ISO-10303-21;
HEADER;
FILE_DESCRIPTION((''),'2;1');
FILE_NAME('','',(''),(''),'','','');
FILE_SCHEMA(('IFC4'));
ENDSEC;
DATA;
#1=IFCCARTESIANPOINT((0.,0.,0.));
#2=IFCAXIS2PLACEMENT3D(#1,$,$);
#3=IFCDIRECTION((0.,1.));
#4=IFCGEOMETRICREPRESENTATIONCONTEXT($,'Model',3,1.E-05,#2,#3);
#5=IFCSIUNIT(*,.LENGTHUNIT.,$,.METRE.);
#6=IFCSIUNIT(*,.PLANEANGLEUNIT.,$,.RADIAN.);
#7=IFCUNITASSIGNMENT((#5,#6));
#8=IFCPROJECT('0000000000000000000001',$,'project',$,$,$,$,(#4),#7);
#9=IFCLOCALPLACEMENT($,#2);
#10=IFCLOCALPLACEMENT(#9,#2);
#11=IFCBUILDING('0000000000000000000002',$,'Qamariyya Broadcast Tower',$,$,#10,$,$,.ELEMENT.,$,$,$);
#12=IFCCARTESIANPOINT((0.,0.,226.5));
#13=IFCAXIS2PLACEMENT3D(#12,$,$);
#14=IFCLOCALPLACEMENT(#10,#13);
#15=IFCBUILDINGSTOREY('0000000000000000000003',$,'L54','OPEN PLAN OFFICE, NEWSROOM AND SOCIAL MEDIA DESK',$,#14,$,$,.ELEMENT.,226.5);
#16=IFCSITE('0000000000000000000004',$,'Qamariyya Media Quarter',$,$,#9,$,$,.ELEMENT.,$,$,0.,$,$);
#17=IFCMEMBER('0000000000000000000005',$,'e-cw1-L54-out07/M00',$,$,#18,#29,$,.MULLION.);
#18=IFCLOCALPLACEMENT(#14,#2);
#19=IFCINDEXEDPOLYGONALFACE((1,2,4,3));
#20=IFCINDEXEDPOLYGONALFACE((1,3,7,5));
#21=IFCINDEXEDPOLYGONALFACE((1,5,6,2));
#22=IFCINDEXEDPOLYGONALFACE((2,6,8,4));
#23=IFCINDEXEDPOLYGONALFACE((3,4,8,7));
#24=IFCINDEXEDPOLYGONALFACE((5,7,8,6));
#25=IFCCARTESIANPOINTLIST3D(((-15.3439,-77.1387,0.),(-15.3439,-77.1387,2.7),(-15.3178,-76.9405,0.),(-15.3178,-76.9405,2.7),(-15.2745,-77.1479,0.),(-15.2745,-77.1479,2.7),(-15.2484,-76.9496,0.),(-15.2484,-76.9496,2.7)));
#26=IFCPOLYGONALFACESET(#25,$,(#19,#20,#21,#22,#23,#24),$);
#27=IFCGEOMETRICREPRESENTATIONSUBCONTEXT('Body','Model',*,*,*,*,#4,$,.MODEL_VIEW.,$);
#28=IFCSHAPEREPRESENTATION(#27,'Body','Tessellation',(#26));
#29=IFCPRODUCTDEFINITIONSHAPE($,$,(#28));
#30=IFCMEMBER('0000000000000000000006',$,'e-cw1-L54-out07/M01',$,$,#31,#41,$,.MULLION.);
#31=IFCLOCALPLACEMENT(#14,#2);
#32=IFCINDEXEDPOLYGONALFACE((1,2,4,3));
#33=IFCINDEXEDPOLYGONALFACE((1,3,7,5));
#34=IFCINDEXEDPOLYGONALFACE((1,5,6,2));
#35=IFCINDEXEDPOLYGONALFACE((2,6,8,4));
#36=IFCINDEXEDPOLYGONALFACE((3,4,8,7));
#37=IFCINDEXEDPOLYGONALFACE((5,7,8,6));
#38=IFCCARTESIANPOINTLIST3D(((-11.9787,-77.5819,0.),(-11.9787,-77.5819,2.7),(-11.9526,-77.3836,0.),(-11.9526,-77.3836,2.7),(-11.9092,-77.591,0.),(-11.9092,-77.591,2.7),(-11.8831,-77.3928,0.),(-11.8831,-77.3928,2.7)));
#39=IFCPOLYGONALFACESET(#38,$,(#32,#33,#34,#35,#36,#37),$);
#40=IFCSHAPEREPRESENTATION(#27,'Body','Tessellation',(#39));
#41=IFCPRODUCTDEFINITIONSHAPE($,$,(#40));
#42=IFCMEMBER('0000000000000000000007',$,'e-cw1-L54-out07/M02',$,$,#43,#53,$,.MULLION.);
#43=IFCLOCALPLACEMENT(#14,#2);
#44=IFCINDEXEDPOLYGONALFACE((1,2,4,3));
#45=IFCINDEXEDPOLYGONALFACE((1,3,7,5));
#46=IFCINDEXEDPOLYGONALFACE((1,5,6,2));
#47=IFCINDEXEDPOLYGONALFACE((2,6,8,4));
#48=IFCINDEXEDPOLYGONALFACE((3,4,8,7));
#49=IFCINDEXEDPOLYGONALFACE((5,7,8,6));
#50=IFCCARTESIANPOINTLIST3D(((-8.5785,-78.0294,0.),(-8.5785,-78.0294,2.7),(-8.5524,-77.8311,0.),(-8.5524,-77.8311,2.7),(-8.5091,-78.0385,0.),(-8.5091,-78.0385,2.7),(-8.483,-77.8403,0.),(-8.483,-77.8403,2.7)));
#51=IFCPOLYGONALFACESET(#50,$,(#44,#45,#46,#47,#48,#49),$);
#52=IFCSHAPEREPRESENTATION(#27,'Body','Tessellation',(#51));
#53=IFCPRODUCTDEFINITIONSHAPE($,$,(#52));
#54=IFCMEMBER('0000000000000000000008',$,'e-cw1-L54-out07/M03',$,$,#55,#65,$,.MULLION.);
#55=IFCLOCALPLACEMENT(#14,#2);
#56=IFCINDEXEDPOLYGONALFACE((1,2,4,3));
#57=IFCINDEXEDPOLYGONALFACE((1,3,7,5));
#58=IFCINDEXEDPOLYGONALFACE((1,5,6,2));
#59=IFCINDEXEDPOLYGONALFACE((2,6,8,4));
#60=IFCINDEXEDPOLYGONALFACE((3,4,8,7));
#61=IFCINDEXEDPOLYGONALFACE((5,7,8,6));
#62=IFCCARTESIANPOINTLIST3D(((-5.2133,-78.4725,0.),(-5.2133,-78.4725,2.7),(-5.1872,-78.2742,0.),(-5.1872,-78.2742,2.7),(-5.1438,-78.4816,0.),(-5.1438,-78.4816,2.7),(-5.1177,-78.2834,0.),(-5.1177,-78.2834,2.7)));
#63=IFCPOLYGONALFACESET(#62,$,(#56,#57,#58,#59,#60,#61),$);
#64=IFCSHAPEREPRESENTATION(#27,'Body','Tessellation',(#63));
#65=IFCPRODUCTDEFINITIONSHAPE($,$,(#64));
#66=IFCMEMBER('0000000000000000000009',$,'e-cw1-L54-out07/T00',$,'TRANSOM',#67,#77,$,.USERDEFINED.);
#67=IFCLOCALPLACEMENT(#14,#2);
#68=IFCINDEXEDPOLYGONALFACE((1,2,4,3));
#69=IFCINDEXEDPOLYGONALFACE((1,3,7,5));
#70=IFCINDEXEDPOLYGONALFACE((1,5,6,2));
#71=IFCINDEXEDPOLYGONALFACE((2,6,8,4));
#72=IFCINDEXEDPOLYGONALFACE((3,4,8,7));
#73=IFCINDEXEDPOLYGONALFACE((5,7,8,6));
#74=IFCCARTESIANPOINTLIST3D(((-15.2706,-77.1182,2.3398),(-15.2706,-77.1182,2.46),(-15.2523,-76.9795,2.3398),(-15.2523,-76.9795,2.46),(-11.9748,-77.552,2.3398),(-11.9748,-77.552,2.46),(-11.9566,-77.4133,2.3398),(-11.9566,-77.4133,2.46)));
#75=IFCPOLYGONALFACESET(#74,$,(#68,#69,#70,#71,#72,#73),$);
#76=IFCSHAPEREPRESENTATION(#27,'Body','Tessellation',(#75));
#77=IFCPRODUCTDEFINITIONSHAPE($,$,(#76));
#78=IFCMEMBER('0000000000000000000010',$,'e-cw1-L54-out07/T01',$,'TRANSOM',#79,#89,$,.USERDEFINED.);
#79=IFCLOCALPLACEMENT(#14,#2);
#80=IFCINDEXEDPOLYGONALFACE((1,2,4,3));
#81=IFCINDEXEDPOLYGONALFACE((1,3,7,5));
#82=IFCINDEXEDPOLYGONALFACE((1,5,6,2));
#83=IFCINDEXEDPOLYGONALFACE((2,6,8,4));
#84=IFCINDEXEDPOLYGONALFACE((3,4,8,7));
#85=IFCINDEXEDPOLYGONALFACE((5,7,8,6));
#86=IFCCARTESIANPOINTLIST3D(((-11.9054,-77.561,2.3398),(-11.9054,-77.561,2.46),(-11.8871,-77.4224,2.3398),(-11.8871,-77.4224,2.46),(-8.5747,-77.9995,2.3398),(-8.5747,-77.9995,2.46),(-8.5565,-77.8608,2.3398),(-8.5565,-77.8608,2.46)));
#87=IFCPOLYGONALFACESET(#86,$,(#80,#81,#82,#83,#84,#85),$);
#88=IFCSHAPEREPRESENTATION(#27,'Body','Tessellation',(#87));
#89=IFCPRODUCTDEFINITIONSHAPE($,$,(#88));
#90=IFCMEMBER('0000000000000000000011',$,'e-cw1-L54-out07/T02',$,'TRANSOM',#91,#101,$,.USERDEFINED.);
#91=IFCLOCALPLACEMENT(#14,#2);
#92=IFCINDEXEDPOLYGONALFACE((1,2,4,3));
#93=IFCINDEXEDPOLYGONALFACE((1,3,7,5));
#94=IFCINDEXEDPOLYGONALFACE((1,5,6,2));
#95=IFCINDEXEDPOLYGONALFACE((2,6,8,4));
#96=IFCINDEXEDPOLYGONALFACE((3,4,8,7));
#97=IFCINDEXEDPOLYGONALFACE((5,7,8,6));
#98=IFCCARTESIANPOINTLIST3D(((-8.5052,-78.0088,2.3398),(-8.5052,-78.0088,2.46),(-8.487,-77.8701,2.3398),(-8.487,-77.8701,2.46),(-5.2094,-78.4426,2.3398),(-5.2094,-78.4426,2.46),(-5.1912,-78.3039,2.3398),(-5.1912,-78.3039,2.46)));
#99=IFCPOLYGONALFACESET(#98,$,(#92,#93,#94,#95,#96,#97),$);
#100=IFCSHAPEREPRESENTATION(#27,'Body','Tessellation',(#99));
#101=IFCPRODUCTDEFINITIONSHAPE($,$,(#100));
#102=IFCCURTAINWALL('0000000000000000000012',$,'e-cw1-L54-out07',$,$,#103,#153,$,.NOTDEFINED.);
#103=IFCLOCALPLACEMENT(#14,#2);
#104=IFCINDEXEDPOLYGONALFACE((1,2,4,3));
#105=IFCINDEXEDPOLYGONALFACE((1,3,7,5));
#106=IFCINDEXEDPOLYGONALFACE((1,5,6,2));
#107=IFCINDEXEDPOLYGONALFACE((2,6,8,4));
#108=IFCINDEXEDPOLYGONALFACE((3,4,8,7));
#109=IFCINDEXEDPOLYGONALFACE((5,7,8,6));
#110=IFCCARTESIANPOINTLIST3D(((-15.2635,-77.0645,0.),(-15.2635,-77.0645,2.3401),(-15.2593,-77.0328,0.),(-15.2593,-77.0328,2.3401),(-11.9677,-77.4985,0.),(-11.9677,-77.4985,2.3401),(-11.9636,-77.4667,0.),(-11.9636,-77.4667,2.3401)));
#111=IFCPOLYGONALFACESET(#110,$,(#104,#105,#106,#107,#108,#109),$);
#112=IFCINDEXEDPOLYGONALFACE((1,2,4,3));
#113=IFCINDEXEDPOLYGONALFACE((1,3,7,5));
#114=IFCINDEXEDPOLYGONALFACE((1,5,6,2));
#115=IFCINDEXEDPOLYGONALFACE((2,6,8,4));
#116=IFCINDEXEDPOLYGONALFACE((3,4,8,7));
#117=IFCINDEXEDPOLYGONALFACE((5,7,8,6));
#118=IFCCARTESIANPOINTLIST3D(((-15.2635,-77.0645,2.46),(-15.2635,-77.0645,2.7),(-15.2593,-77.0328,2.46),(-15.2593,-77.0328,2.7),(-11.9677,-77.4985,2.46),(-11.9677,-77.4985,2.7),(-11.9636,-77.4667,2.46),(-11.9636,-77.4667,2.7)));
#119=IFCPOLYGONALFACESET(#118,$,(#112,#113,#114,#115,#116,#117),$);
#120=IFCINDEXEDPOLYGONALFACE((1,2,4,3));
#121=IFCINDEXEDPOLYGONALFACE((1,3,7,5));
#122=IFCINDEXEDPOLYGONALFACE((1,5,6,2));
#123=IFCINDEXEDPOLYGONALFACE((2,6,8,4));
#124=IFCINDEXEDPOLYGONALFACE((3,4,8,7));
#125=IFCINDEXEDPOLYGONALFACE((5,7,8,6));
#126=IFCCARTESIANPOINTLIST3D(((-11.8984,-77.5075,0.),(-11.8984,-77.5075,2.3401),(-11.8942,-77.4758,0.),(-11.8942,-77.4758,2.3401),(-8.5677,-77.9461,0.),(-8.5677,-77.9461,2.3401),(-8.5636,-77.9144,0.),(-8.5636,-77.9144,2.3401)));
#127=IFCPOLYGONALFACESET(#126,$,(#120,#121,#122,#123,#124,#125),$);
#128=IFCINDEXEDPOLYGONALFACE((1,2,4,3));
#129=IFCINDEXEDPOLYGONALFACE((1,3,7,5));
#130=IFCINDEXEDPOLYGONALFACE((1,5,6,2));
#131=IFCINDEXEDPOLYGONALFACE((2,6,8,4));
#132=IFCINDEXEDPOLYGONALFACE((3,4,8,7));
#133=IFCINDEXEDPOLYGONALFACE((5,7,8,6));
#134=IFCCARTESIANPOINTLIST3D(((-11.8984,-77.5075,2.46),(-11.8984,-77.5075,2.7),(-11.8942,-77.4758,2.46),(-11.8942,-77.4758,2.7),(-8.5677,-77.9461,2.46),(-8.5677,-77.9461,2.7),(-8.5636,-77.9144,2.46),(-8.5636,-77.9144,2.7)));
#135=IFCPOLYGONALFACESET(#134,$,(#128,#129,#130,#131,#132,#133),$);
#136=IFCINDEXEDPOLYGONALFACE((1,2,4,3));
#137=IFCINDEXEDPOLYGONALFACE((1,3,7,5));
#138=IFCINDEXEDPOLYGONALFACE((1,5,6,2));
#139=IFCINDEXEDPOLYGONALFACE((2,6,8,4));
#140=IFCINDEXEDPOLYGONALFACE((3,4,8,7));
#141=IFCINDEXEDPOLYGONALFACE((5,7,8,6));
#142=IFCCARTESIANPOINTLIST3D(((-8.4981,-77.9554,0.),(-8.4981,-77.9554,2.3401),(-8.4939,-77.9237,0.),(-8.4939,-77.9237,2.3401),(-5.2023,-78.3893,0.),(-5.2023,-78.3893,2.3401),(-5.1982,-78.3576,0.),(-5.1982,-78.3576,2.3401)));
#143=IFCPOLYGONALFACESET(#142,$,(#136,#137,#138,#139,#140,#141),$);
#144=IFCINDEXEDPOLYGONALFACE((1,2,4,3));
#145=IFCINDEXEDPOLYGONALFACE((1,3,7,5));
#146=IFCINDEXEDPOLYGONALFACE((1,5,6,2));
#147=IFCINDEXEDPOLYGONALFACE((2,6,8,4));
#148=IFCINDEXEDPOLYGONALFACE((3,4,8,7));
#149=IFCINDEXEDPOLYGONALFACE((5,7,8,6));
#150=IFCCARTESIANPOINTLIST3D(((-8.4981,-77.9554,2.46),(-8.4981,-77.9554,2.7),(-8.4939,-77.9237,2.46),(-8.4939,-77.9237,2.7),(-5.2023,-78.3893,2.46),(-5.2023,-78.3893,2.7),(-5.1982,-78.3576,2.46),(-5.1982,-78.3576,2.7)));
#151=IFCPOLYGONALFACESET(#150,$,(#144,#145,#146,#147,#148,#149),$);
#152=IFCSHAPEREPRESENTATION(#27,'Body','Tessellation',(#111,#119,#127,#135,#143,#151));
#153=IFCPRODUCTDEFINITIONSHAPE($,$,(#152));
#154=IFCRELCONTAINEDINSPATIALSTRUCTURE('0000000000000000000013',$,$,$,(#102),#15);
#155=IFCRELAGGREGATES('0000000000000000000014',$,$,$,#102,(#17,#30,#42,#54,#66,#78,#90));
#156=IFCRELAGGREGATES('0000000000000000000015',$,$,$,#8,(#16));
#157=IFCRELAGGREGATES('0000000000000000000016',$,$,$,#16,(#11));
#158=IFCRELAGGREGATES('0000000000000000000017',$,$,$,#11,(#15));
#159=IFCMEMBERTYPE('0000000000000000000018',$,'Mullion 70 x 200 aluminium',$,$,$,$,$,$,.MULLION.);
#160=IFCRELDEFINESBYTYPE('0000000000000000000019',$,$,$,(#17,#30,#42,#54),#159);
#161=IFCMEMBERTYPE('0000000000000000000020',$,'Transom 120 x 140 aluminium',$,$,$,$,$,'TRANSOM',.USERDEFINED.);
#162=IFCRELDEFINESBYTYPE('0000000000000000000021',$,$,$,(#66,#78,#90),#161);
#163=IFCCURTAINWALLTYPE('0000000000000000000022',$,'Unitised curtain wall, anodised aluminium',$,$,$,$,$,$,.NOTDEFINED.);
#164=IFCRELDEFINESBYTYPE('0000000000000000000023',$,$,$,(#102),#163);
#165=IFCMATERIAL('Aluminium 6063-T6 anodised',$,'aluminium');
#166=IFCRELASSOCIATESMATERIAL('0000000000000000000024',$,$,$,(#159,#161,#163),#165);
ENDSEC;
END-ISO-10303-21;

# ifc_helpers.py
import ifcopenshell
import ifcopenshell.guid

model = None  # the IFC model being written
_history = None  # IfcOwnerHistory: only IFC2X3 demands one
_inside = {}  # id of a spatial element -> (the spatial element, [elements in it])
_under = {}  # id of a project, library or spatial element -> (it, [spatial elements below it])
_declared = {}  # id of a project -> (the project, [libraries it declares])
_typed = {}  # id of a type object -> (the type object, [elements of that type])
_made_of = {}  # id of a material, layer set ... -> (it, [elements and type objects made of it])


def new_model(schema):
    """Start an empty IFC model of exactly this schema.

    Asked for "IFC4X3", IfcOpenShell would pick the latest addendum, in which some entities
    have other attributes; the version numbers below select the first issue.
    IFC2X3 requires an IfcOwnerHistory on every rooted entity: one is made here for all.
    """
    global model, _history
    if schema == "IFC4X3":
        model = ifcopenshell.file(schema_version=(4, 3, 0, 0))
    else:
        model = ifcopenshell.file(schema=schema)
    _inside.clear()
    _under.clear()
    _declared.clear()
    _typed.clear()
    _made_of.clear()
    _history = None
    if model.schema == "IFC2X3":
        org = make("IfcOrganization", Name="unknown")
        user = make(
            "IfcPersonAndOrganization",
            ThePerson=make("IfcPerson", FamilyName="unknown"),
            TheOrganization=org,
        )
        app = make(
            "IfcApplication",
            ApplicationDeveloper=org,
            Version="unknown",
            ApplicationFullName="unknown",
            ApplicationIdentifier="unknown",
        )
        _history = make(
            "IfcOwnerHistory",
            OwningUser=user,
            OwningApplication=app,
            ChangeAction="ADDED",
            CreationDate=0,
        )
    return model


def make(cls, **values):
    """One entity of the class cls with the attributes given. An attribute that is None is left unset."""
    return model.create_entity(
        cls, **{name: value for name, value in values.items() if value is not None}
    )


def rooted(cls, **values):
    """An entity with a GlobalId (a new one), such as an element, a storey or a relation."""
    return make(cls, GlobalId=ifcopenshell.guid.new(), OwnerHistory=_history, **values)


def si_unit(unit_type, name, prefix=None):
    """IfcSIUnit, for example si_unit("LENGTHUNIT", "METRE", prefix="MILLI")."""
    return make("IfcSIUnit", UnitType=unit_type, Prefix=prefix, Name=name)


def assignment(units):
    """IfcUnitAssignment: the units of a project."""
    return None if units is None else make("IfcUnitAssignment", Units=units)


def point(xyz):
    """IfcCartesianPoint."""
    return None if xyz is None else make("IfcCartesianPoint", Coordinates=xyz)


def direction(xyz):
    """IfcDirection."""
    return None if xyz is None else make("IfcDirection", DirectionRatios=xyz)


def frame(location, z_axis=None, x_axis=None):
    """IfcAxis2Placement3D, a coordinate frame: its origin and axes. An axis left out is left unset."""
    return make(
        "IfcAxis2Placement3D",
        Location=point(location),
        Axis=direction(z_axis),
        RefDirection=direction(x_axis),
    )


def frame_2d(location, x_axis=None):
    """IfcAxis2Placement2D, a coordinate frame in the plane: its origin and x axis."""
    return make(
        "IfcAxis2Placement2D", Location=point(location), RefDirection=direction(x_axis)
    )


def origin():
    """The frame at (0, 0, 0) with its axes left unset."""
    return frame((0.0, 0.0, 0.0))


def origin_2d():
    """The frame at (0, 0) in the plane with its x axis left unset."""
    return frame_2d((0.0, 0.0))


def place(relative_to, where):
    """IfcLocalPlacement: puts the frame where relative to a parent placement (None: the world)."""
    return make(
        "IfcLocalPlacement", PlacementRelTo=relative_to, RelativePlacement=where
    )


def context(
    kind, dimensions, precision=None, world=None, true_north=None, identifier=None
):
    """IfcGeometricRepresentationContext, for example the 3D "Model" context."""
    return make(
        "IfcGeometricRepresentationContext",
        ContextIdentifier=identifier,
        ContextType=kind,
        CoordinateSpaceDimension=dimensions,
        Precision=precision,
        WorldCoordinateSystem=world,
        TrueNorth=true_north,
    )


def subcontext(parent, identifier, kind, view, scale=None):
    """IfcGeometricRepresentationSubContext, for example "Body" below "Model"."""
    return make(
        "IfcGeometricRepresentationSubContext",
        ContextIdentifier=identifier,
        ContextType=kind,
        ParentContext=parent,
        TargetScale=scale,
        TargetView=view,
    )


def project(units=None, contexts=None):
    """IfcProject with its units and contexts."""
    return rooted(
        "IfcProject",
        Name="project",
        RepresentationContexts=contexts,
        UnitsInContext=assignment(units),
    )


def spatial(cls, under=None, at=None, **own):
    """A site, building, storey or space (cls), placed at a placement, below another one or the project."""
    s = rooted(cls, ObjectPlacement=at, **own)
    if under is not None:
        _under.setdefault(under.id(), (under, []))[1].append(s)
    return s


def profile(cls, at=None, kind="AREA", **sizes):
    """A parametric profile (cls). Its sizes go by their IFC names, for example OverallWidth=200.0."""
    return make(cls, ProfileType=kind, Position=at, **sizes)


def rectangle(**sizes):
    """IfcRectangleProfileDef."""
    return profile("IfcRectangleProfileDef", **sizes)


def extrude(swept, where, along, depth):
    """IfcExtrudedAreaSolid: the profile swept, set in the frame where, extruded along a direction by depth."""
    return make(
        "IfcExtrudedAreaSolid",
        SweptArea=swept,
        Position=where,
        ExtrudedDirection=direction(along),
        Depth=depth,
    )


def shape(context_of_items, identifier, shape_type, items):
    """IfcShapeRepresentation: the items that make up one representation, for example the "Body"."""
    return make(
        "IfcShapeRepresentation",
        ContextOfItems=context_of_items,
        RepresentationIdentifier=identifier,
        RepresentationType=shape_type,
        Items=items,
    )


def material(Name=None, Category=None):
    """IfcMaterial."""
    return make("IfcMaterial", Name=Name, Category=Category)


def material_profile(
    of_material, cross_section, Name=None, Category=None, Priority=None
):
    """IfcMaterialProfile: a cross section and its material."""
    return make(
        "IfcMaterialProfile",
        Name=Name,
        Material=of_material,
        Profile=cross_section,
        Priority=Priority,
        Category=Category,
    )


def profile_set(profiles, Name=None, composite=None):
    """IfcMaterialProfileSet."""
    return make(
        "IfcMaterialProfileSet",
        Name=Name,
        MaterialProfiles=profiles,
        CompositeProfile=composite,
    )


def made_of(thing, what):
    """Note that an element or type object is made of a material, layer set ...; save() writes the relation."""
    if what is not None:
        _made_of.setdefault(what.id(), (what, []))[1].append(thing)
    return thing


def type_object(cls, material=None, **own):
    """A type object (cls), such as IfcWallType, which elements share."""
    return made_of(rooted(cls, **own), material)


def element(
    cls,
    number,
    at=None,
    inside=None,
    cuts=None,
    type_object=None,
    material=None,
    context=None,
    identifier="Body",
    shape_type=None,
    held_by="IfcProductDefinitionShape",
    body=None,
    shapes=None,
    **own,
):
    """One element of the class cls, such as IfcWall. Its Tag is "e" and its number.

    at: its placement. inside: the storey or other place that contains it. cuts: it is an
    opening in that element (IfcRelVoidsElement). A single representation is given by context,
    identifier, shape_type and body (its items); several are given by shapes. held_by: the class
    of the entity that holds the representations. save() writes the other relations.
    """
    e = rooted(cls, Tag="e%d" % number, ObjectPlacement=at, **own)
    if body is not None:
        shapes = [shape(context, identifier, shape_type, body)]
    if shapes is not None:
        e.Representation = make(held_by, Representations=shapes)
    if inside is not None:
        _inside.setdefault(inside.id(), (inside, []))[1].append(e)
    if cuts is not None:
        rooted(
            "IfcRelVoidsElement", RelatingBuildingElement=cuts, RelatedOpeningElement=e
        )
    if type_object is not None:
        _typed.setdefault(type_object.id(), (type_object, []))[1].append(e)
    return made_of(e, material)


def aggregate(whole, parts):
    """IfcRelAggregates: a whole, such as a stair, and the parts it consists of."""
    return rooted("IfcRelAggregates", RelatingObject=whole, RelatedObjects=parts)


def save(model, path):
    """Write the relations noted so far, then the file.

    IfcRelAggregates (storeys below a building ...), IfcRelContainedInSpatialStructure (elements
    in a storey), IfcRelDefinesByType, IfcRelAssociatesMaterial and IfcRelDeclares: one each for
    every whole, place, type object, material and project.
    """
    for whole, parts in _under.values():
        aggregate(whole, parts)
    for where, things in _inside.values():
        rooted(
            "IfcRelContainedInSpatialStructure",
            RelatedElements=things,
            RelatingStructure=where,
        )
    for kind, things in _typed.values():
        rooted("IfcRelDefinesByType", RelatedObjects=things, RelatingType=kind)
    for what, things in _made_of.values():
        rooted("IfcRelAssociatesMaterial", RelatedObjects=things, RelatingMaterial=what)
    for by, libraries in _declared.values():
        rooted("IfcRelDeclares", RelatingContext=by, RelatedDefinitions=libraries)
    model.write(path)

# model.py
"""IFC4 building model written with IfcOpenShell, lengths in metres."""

from ifc_helpers import new_model, si_unit, direction, frame, origin, origin_2d, place, context, subcontext, project, spatial, rectangle, extrude, material, material_profile, profile_set, type_object, element, aggregate, save


model = new_model("IFC4")

# Units and contexts
model_context = context("Model", 3, precision=1e-05, world=origin(), true_north=direction((0.0, 1.0)))
body_context = subcontext(model_context, "Body", "Model", "MODEL_VIEW")
ifc_project = project(units=[si_unit("LENGTHUNIT", "METRE"), si_unit("PLANEANGLEUNIT", "RADIAN")], contexts=[model_context])

# Members
ifc_material = material(Name="Aluminium 6063-T6 anodised", Category="aluminium")
ifc_material_profile_1 = material_profile(ifc_material, rectangle(XDim=0.2, YDim=0.0701, at=origin_2d()))
ifc_profile_set_1 = profile_set([ifc_material_profile_1], Name="Aluminium 6063-T6 anodised")
member_type_1 = type_object("IfcMemberType", Name="Mullion 70 x 200 aluminium", PredefinedType="MULLION", material=ifc_profile_set_1)
site_placement = place(None, origin())
building_placement = place(site_placement, origin())
storey_placement = place(building_placement, frame((0.0, 0.0, 226.5)))
member_1_placement = place(storey_placement, frame((-15.2961, -77.0442, 0.0), z_axis=(0.0, 0.0, 1.0), x_axis=(0.130526, 0.991445, 0.0)))
member_1 = element("IfcMember", 1, at=member_1_placement, type_object=member_type_1, Name="e-cw1-L54-out07/M00", PredefinedType="MULLION", context=body_context, shape_type="SweptSolid", body=[
    extrude(rectangle(XDim=0.2, YDim=0.0701, at=origin_2d()), origin(), (0.0, 0.0, 1.0), 2.7),
])
member_2_placement = place(storey_placement, frame((-11.9309, -77.4873, 0.0), z_axis=(0.0, 0.0, 1.0), x_axis=(0.130526, 0.991445, 0.0)))
member_2 = element("IfcMember", 2, at=member_2_placement, type_object=member_type_1, Name="e-cw1-L54-out07/M01", PredefinedType="MULLION", context=body_context, shape_type="SweptSolid", body=[
    extrude(rectangle(XDim=0.2, YDim=0.0701, at=origin_2d()), origin(), (0.0, 0.0, 1.0), 2.7),
])
member_3_placement = place(storey_placement, frame((-8.5308, -77.9348, 0.0), z_axis=(0.0, 0.0, 1.0), x_axis=(0.130526, 0.991445, 0.0)))
member_3 = element("IfcMember", 3, at=member_3_placement, type_object=member_type_1, Name="e-cw1-L54-out07/M02", PredefinedType="MULLION", context=body_context, shape_type="SweptSolid", body=[
    extrude(rectangle(XDim=0.2, YDim=0.0701, at=origin_2d()), origin(), (0.0, 0.0, 1.0), 2.7),
])
member_4_placement = place(storey_placement, frame((-5.1655, -78.3779, 0.0), z_axis=(0.0, 0.0, 1.0), x_axis=(0.130526, 0.991445, 0.0)))
member_4 = element("IfcMember", 4, at=member_4_placement, type_object=member_type_1, Name="e-cw1-L54-out07/M03", PredefinedType="MULLION", context=body_context, shape_type="SweptSolid", body=[
    extrude(rectangle(XDim=0.2, YDim=0.0701, at=origin_2d()), origin(), (0.0, 0.0, 1.0), 2.7),
])
ifc_material_profile_2 = material_profile(ifc_material, rectangle(XDim=0.1399, YDim=0.1201, at=origin_2d()))
ifc_profile_set_2 = profile_set([ifc_material_profile_2], Name="Aluminium 6063-T6 anodised")
member_type_2 = type_object("IfcMemberType", Name="Transom 120 x 140 aluminium", ElementType="TRANSOM", PredefinedType="USERDEFINED", material=ifc_profile_set_2)
member_5_placement = place(storey_placement, frame((-15.2615, -77.0488, 2.3999), z_axis=(0.991448, -0.130504, 0.0), x_axis=(0.130504, 0.991448, 0.0)))
member_5 = element("IfcMember", 5, at=member_5_placement, type_object=member_type_2, Name="e-cw1-L54-out07/T00", ObjectType="TRANSOM", PredefinedType="USERDEFINED", context=body_context, shape_type="SweptSolid", body=[
    extrude(rectangle(XDim=0.1399, YDim=0.1201, at=origin_2d()), origin(), (0.0, 0.0, 1.0), 3.3242),
])
member_6_placement = place(storey_placement, frame((-11.8962, -77.4917, 2.3999), z_axis=(0.991445, -0.130526, 0.0), x_axis=(0.130526, 0.991445, 0.0)))
member_6 = element("IfcMember", 6, at=member_6_placement, type_object=member_type_2, Name="e-cw1-L54-out07/T01", ObjectType="TRANSOM", PredefinedType="USERDEFINED", context=body_context, shape_type="SweptSolid", body=[
    extrude(rectangle(XDim=0.1399, YDim=0.1201, at=origin_2d()), origin(), (0.0, 0.0, 1.0), 3.3594),
])
member_7_placement = place(storey_placement, frame((-8.4961, -77.9395, 2.3999), z_axis=(0.991448, -0.130504, 0.0), x_axis=(0.130504, 0.991448, 0.0)))
member_7 = element("IfcMember", 7, at=member_7_placement, type_object=member_type_2, Name="e-cw1-L54-out07/T02", ObjectType="TRANSOM", PredefinedType="USERDEFINED", context=body_context, shape_type="SweptSolid", body=[
    extrude(rectangle(XDim=0.1399, YDim=0.1201, at=origin_2d()), origin(), (0.0, 0.0, 1.0), 3.3242),
])

# Site, building, storey
site = spatial("IfcSite", under=ifc_project, at=site_placement, Name="Qamariyya Media Quarter", CompositionType="ELEMENT", RefElevation=0.0)
building = spatial("IfcBuilding", under=site, at=building_placement, Name="Qamariyya Broadcast Tower", CompositionType="ELEMENT")
storey = spatial("IfcBuildingStorey", under=building, at=storey_placement, Name="L54", Description="OPEN PLAN OFFICE, NEWSROOM AND SOCIAL MEDIA DESK", CompositionType="ELEMENT", Elevation=226.5)

# Curtain wall
curtain_wall_type = type_object("IfcCurtainWallType", Name="Unitised curtain wall, anodised aluminium", PredefinedType="NOTDEFINED", material=ifc_material)
curtain_wall_1_placement = place(storey_placement, origin())
curtain_wall_1 = element("IfcCurtainWall", 8, at=curtain_wall_1_placement, inside=storey, type_object=curtain_wall_type, Name="e-cw1-L54-out07", PredefinedType="NOTDEFINED", context=body_context, shape_type="SweptSolid", body=[
    extrude(rectangle(XDim=3.3242, YDim=0.032, at=origin_2d()), frame((-13.6135, -77.2656, 0.0), x_axis=(0.991443, -0.130542, 0.0)), (0.0, 0.0, 1.0), 2.3401),
    extrude(rectangle(XDim=3.3242, YDim=0.032, at=origin_2d()), frame((-13.6135, -77.2656, 2.46), x_axis=(0.991443, -0.130542, 0.0)), (0.0, 0.0, 1.0), 0.24),
    extrude(rectangle(XDim=3.3594, YDim=0.032, at=origin_2d()), frame((-10.231, -77.7109, 0.0), x_axis=(0.991443, -0.130542, 0.0)), (0.0, 0.0, 1.0), 2.3401),
    extrude(rectangle(XDim=3.3594, YDim=0.032, at=origin_2d()), frame((-10.231, -77.7109, 2.46), x_axis=(0.991443, -0.130542, 0.0)), (0.0, 0.0, 1.0), 0.24),
    extrude(rectangle(XDim=3.3242, YDim=0.032, at=origin_2d()), frame((-6.8481, -78.1565, 0.0), x_axis=(0.991443, -0.130542, 0.0)), (0.0, 0.0, 1.0), 2.3401),
    extrude(rectangle(XDim=3.3242, YDim=0.032, at=origin_2d()), frame((-6.8481, -78.1565, 2.46), x_axis=(0.991443, -0.130542, 0.0)), (0.0, 0.0, 1.0), 0.24),
])
aggregate(curtain_wall_1, [member_1, member_2, member_3, member_4, member_5, member_6, member_7])

save(model, "model.ifc")
